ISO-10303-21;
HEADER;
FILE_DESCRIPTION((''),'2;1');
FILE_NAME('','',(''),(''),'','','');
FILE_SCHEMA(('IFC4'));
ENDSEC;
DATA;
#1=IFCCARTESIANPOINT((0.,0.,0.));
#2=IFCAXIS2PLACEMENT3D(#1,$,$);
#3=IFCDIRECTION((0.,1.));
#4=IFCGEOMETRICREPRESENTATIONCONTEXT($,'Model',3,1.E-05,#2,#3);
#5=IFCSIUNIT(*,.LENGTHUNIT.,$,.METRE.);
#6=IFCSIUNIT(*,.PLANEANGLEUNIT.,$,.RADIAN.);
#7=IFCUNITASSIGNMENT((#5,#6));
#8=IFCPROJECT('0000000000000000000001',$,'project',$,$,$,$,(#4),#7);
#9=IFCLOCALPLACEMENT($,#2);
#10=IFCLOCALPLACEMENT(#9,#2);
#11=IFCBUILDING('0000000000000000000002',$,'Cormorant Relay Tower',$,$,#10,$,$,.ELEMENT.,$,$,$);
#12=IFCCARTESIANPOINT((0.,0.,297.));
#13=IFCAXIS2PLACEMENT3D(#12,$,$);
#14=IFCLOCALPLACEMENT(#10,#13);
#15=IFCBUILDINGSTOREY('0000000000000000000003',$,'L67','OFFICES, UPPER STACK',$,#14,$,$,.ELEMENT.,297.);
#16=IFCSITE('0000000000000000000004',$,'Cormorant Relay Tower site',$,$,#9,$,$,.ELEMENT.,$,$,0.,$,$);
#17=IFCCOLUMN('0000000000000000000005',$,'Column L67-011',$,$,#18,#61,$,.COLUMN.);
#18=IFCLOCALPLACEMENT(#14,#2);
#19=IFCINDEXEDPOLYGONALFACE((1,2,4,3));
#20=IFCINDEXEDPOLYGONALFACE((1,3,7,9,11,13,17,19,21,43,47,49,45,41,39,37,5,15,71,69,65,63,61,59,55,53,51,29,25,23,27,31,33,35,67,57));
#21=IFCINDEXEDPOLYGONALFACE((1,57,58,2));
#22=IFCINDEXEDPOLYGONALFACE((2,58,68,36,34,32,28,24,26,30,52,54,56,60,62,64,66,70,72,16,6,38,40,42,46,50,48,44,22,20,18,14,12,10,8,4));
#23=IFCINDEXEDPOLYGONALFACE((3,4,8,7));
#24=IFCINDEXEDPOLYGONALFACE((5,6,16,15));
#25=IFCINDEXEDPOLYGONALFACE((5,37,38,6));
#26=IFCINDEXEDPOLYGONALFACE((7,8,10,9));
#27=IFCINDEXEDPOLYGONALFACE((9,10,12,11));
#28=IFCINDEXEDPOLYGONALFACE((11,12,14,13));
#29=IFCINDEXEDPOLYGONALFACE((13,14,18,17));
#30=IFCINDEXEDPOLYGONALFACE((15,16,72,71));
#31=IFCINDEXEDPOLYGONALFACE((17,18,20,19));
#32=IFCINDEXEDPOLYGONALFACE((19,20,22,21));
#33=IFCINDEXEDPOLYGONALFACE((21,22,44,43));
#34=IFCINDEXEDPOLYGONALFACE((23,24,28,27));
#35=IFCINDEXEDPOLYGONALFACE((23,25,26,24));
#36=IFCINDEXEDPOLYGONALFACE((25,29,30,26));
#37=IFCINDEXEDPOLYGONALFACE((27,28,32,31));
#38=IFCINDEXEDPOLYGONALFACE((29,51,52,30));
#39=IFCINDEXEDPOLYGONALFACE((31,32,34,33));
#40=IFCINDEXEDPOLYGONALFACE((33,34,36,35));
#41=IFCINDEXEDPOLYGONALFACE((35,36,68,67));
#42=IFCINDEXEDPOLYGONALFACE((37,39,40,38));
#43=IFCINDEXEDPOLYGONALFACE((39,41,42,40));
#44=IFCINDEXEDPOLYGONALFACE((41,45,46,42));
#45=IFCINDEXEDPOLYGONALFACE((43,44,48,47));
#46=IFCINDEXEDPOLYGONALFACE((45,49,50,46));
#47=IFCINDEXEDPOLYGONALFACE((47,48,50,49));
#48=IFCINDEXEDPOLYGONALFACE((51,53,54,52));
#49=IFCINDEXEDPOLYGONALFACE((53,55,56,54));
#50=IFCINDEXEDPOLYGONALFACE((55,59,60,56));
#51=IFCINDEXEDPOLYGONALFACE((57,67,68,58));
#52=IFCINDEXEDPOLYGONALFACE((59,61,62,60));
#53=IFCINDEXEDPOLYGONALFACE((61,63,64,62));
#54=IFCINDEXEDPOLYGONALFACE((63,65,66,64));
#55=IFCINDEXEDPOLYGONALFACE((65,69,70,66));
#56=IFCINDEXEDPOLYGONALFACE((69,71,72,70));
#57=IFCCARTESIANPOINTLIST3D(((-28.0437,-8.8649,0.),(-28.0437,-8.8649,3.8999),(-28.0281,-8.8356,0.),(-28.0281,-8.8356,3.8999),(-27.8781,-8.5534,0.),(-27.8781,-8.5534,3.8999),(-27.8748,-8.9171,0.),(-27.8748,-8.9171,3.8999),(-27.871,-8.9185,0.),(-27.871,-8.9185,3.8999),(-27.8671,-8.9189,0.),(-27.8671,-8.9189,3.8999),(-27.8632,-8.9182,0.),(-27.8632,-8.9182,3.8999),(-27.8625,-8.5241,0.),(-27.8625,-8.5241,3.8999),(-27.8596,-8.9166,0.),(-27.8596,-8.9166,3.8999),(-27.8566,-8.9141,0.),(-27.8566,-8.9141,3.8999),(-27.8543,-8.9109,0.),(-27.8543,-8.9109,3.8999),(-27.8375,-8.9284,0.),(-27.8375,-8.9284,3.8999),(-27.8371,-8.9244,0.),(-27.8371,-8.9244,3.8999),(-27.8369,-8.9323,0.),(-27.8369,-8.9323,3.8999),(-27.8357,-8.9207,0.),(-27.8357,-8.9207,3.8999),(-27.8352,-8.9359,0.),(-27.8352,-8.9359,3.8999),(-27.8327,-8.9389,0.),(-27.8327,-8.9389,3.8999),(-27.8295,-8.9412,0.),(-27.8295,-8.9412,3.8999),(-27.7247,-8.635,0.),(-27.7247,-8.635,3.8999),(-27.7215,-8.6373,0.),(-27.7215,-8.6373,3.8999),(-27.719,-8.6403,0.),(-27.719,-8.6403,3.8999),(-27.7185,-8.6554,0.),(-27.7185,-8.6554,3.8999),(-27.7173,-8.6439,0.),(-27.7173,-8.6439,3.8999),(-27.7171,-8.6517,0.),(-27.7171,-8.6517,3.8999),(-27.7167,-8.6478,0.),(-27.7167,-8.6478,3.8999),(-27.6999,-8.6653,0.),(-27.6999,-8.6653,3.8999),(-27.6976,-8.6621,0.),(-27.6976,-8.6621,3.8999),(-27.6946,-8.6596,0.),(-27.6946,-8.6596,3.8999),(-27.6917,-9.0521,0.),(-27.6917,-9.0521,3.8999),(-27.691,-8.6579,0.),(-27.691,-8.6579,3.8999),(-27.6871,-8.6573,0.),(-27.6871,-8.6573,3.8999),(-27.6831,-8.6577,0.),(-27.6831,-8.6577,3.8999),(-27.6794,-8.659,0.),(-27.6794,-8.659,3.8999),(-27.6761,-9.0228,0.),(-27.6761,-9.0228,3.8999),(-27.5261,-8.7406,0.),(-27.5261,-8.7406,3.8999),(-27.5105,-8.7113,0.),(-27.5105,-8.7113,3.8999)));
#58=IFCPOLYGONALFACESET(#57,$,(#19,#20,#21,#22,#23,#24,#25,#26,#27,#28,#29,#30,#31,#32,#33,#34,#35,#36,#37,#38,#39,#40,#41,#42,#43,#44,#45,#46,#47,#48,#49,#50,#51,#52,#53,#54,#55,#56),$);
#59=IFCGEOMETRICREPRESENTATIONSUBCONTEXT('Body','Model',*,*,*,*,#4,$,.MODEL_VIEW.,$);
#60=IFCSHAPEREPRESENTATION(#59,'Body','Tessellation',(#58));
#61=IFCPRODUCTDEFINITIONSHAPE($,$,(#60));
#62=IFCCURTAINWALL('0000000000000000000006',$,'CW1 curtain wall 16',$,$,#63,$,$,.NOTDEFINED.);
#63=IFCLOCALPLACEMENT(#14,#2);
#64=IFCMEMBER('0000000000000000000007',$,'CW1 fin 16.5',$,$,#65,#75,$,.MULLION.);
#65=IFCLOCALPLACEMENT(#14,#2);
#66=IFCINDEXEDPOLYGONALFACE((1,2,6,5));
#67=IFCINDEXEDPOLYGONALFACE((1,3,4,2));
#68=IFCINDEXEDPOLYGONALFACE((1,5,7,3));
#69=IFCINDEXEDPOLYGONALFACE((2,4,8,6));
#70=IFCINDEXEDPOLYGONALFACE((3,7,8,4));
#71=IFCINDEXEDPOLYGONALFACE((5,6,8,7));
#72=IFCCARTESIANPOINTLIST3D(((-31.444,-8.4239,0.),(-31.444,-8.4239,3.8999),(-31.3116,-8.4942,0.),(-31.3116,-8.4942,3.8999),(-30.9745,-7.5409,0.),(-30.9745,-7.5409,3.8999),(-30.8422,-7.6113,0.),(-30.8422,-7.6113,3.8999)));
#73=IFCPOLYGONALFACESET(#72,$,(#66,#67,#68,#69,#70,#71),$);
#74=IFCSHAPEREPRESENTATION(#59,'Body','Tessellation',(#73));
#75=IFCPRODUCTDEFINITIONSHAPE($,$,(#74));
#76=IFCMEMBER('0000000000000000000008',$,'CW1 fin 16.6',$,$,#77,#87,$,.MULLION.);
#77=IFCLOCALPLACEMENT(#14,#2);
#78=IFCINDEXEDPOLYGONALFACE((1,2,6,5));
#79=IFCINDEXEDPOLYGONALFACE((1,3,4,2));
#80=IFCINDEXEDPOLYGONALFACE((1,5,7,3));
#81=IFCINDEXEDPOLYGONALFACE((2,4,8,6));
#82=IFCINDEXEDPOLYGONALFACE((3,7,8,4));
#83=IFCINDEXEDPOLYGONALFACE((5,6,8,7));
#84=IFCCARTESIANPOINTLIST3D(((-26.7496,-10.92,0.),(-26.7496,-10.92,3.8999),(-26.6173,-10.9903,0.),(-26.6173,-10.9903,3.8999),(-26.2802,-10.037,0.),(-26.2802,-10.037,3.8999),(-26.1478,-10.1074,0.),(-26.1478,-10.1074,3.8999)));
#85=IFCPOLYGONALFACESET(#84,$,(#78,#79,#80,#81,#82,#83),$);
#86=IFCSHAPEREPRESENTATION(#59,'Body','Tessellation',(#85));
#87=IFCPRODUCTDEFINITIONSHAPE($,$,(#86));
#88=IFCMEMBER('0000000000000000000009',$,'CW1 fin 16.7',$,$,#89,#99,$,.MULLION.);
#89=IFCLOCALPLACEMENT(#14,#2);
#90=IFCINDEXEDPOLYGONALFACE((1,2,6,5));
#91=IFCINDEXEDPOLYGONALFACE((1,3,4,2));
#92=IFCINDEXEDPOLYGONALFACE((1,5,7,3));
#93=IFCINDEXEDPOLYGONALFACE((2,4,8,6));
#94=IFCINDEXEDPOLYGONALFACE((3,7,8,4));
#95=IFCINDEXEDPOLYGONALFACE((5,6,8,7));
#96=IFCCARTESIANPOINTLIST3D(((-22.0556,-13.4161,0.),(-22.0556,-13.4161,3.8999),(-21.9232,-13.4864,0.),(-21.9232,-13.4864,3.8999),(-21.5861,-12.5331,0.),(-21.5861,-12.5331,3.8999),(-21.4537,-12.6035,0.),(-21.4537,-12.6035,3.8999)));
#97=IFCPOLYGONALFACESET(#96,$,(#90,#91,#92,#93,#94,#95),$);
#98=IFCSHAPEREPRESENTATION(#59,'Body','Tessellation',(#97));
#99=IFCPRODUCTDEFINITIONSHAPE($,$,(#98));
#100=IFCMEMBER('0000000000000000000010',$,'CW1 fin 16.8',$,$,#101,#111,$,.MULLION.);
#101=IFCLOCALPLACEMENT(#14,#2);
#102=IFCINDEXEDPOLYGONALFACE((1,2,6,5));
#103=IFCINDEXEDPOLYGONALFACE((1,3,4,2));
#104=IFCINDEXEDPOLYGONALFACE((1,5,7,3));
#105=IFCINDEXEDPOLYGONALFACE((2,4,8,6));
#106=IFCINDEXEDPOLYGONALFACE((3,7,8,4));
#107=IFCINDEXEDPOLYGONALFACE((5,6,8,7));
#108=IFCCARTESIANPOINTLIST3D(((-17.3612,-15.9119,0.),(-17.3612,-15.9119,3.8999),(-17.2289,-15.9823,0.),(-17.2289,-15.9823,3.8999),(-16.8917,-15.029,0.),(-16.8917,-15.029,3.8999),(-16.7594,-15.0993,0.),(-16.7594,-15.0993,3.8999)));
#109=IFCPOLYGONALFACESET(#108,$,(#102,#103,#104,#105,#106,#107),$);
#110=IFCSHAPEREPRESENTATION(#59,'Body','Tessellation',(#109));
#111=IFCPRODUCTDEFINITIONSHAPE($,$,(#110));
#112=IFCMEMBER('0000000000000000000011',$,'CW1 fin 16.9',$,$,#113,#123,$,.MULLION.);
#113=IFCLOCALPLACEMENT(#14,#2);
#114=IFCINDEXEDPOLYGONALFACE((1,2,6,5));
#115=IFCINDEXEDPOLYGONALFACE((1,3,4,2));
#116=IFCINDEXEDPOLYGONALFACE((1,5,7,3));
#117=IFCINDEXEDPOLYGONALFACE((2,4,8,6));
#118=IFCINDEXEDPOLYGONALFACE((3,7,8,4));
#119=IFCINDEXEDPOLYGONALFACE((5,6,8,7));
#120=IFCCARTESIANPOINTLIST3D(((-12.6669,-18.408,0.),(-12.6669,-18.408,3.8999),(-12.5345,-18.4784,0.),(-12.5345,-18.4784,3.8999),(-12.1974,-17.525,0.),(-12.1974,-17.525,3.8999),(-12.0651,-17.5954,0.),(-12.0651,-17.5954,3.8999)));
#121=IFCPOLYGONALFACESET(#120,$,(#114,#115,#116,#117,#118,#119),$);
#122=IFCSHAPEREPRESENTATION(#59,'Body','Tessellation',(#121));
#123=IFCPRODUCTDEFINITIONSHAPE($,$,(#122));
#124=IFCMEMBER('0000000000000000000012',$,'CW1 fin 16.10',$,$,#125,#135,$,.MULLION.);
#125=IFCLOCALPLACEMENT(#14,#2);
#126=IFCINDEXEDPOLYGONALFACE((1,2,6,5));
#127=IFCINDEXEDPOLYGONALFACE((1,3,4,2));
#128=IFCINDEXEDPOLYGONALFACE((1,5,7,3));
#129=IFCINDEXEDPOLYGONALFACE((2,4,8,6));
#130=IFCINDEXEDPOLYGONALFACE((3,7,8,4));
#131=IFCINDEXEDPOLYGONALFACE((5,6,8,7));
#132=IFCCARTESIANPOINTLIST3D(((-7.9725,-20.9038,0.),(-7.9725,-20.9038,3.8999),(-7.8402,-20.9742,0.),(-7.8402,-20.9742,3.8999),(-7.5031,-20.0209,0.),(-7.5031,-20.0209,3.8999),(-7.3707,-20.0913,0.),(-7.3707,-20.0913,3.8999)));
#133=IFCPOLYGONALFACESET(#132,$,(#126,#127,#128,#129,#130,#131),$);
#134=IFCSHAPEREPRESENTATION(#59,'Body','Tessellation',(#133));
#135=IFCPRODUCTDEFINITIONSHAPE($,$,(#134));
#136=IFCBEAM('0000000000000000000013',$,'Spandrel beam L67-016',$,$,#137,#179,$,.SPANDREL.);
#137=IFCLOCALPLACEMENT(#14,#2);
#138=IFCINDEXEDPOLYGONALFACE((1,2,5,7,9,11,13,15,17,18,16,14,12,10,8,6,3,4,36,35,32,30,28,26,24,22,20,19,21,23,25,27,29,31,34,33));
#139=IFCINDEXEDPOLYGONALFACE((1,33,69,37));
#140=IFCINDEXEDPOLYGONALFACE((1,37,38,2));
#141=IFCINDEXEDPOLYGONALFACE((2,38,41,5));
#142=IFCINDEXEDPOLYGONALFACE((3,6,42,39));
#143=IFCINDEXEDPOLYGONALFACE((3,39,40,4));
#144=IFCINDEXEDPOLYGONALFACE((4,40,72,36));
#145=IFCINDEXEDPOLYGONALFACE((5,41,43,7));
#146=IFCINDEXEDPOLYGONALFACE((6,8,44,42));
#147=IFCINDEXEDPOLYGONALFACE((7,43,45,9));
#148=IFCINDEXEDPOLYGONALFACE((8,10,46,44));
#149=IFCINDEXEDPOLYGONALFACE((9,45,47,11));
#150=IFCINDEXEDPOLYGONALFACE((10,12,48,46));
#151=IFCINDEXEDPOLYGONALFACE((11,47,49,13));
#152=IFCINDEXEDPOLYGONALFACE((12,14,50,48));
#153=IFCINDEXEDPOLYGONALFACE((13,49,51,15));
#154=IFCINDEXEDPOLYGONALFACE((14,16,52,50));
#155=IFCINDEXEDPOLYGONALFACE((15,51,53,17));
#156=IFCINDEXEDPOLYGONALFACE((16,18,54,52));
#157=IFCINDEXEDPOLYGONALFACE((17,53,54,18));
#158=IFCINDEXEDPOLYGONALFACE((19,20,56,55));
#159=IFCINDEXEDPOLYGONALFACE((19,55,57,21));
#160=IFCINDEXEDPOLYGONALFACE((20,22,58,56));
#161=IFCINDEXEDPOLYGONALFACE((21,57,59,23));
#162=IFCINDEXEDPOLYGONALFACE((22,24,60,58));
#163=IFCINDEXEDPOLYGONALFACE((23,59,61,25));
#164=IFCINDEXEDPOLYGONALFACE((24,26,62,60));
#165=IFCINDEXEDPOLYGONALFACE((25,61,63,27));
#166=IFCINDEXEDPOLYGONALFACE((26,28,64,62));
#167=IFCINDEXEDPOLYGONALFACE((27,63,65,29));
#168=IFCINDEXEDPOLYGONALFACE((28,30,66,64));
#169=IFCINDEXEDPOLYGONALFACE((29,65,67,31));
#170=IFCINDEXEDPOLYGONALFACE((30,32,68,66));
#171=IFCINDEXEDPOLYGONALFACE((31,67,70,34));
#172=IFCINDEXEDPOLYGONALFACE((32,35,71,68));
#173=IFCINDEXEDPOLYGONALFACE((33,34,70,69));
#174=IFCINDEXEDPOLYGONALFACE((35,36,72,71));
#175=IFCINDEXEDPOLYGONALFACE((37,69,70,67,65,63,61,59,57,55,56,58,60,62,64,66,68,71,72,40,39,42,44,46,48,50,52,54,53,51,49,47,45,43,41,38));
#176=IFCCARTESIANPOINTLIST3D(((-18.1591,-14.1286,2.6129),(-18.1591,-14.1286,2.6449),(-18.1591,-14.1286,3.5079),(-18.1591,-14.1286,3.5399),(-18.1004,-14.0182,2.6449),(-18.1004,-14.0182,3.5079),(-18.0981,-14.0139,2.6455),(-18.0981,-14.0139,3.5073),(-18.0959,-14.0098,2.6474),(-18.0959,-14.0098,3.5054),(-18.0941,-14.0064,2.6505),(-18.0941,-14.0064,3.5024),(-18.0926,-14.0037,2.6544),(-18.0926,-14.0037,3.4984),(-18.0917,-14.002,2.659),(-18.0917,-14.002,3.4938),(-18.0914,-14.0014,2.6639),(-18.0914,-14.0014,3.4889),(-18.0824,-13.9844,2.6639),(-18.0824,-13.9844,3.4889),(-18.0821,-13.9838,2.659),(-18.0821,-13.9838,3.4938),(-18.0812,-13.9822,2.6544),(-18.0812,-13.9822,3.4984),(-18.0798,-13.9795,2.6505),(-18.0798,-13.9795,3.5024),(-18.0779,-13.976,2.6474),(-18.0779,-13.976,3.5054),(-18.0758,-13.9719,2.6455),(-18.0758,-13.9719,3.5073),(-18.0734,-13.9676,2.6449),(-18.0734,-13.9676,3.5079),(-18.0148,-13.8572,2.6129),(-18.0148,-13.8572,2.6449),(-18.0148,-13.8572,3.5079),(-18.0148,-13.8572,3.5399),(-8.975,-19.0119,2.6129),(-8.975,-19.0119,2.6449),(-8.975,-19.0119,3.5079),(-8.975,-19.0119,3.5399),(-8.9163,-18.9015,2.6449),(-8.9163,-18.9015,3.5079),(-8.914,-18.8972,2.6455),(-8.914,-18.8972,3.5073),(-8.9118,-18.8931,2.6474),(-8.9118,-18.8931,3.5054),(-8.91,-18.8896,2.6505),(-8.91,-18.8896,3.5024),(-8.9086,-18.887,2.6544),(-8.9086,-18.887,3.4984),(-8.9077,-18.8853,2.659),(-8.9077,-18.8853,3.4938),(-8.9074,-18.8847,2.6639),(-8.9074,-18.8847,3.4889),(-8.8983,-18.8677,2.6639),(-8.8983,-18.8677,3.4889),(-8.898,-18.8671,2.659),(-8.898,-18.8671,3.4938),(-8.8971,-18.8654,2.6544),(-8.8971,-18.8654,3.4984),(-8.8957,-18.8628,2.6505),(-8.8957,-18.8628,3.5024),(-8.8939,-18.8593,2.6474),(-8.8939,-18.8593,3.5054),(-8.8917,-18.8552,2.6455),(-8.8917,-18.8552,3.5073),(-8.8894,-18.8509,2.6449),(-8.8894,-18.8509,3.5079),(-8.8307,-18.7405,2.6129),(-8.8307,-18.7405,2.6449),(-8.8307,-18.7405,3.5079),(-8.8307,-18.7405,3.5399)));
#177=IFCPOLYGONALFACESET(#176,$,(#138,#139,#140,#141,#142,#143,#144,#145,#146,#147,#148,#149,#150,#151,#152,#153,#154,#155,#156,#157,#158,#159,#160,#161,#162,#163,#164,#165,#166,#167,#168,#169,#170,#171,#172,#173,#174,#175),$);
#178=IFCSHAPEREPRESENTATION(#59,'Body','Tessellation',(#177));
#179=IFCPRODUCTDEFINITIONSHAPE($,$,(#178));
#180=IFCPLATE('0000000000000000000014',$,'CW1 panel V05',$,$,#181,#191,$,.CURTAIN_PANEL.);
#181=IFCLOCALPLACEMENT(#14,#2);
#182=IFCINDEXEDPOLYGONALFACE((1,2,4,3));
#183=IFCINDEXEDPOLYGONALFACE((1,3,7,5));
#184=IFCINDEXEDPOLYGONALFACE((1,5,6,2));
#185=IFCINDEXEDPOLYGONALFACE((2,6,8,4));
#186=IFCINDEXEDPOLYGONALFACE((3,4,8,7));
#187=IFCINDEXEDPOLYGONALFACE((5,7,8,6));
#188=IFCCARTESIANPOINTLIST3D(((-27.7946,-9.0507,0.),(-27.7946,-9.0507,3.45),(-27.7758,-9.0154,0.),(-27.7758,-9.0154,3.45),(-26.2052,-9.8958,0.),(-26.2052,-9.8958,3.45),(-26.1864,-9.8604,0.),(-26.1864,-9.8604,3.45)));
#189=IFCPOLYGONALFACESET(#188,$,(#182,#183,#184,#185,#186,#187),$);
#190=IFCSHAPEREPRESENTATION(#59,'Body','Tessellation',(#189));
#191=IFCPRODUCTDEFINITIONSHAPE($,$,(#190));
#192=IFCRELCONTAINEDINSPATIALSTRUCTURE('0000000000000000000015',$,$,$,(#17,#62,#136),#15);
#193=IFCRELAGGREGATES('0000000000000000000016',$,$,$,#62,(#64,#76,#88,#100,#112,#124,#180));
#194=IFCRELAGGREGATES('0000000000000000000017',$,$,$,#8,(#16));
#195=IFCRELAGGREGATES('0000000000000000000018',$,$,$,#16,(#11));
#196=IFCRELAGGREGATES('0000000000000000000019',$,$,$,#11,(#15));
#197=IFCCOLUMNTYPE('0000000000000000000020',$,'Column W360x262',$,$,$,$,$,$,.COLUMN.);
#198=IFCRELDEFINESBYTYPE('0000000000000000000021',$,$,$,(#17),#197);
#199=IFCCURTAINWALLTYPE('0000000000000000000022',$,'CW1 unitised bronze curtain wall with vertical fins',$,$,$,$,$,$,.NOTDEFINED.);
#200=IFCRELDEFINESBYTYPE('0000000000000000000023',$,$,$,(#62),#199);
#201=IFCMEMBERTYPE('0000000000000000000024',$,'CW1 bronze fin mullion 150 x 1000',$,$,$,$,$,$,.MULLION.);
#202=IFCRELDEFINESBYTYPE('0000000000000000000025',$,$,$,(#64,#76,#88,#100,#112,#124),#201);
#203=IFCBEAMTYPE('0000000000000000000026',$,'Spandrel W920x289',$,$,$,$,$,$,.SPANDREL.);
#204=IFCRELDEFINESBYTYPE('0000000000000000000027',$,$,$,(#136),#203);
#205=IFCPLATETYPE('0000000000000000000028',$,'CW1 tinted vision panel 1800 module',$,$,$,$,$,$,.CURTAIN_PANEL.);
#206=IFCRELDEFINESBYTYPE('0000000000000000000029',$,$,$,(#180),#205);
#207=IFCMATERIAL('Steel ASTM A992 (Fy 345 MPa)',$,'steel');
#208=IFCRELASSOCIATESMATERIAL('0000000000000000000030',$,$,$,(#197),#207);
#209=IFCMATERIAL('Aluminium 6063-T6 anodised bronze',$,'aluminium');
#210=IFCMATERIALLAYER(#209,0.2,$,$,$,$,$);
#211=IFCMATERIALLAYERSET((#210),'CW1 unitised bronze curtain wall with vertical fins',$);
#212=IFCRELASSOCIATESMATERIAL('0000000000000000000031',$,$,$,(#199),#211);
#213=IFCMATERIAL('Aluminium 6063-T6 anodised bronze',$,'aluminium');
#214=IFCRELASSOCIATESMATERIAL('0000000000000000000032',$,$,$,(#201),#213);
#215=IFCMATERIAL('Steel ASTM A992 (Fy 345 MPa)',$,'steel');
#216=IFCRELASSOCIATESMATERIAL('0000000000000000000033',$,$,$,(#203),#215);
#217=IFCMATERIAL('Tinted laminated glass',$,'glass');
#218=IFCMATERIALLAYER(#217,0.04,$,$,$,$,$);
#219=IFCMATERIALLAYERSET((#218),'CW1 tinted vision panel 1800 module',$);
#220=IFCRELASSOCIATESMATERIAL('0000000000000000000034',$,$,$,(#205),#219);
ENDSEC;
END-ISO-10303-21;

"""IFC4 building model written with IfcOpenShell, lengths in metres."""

from ifc_helpers import new_model, si_unit, direction, frame, origin, origin_2d, place, context, subcontext, project, spatial, rectangle, i_section, extrude, material, layer, layer_set, material_profile, profile_set, type_object, element, aggregate, save


model = new_model("IFC4")

# Units and contexts
model_context = context("Model", 3, precision=1e-05, world=origin(), true_north=direction((0.0, 1.0)))
body_context = subcontext(model_context, "Body", "Model", "MODEL_VIEW")
ifc_project = project(units=[si_unit("LENGTHUNIT", "METRE"), si_unit("PLANEANGLEUNIT", "RADIAN")], contexts=[model_context])

# Site, building, storey
site_placement = place(None, origin())
site = spatial("IfcSite", under=ifc_project, at=site_placement, Name="Cormorant Relay Tower site", CompositionType="ELEMENT", RefElevation=0.0)
building_placement = place(site_placement, origin())
building = spatial("IfcBuilding", under=site, at=building_placement, Name="Cormorant Relay Tower", CompositionType="ELEMENT")
storey_placement = place(building_placement, frame((0.0, 0.0, 297.0)))
storey = spatial("IfcBuildingStorey", under=building, at=storey_placement, Name="L67", Description="OFFICES, UPPER STACK", CompositionType="ELEMENT", Elevation=297.0)

# Column
ifc_material_1 = material(Name="Steel ASTM A992 (Fy 345 MPa)", Category="steel")
ifc_material_profile_1 = material_profile(ifc_material_1, i_section(OverallWidth=0.3987, OverallDepth=0.386, WebThickness=0.021, FlangeThickness=0.0332, FilletRadius=0.0151, at=origin_2d()), Name="W360x262")
ifc_profile_set_1 = profile_set([ifc_material_profile_1], Name="Steel ASTM A992 (Fy 345 MPa)")
column_type_1 = type_object("IfcColumnType", Name="Column W360x262", PredefinedType="COLUMN", material=ifc_profile_set_1)
for number, where, z_axis, x_axis, name in (
    (1, (-27.7771, -8.7881, 0.0), (0.0, 0.0, 1.0), (0.882948, -0.469472, 0.0), "Column L67-011"),
):
    element("IfcColumn", number, at=place(storey_placement, frame(where, z_axis=z_axis, x_axis=x_axis)), inside=storey, type_object=column_type_1, Name=name, PredefinedType="COLUMN", context=body_context, shape_type="SweptSolid", body=[
        extrude(i_section(OverallWidth=0.3987, OverallDepth=0.386, WebThickness=0.021, FlangeThickness=0.0332, FilletRadius=0.0151, at=origin_2d()), origin(), (0.0, 0.0, 1.0), 3.8999),
    ])

# Curtain wall, members
ifc_material_2 = material(Name="Aluminium 6063-T6 anodised bronze", Category="aluminium")
ifc_layer_1 = layer(ifc_material_2, 0.2)
ifc_layer_set_1 = layer_set([ifc_layer_1], Name="CW1 unitised bronze curtain wall with vertical fins")
curtain_wall_type = type_object("IfcCurtainWallType", Name="CW1 unitised bronze curtain wall with vertical fins", PredefinedType="NOTDEFINED", material=ifc_layer_set_1)
curtain_wall_placement = place(storey_placement, origin())
curtain_wall = element("IfcCurtainWall", 2, at=curtain_wall_placement, inside=storey, type_object=curtain_wall_type, Name="CW1 curtain wall 16", PredefinedType="NOTDEFINED")
ifc_material_3 = material(Name="Aluminium 6063-T6 anodised bronze", Category="aluminium")
ifc_material_profile_2 = material_profile(ifc_material_3, rectangle(XDim=0.1499, YDim=1.0, at=origin_2d()), Name="AL 150x1000")
ifc_profile_set_2 = profile_set([ifc_material_profile_2], Name="Aluminium 6063-T6 anodised bronze")
member_type = type_object("IfcMemberType", Name="CW1 bronze fin mullion 150 x 1000", PredefinedType="MULLION", material=ifc_profile_set_2)
member_1_placement = place(storey_placement, frame((-31.1431, -8.0176, 0.0), z_axis=(0.0, 0.0, 1.0), x_axis=(0.882948, -0.469472, 0.0)))
member_1 = element("IfcMember", 3, at=member_1_placement, type_object=member_type, Name="CW1 fin 16.5", PredefinedType="MULLION", context=body_context, shape_type="SweptSolid", body=[
    extrude(rectangle(XDim=0.1499, YDim=1.0, at=origin_2d()), origin(), (0.0, 0.0, 1.0), 3.8999),
])
member_2_placement = place(storey_placement, frame((-26.4487, -10.5137, 0.0), z_axis=(0.0, 0.0, 1.0), x_axis=(0.882948, -0.469472, 0.0)))
member_2 = element("IfcMember", 4, at=member_2_placement, type_object=member_type, Name="CW1 fin 16.6", PredefinedType="MULLION", context=body_context, shape_type="SweptSolid", body=[
    extrude(rectangle(XDim=0.1499, YDim=1.0, at=origin_2d()), origin(), (0.0, 0.0, 1.0), 3.8999),
])
member_3_placement = place(storey_placement, frame((-21.7546, -13.0098, 0.0), z_axis=(0.0, 0.0, 1.0), x_axis=(0.882948, -0.469472, 0.0)))
member_3 = element("IfcMember", 5, at=member_3_placement, type_object=member_type, Name="CW1 fin 16.7", PredefinedType="MULLION", context=body_context, shape_type="SweptSolid", body=[
    extrude(rectangle(XDim=0.1499, YDim=1.0, at=origin_2d()), origin(), (0.0, 0.0, 1.0), 3.8999),
])
member_4_placement = place(storey_placement, frame((-17.0603, -15.5056, 0.0), z_axis=(0.0, 0.0, 1.0), x_axis=(0.882948, -0.469472, 0.0)))
member_4 = element("IfcMember", 6, at=member_4_placement, type_object=member_type, Name="CW1 fin 16.8", PredefinedType="MULLION", context=body_context, shape_type="SweptSolid", body=[
    extrude(rectangle(XDim=0.1499, YDim=1.0, at=origin_2d()), origin(), (0.0, 0.0, 1.0), 3.8999),
])
member_5_placement = place(storey_placement, frame((-12.366, -18.0017, 0.0), z_axis=(0.0, 0.0, 1.0), x_axis=(0.882948, -0.469472, 0.0)))
member_5 = element("IfcMember", 7, at=member_5_placement, type_object=member_type, Name="CW1 fin 16.9", PredefinedType="MULLION", context=body_context, shape_type="SweptSolid", body=[
    extrude(rectangle(XDim=0.1499, YDim=1.0, at=origin_2d()), origin(), (0.0, 0.0, 1.0), 3.8999),
])
member_6_placement = place(storey_placement, frame((-7.6716, -20.4976, 0.0), z_axis=(0.0, 0.0, 1.0), x_axis=(0.882948, -0.469472, 0.0)))
member_6 = element("IfcMember", 8, at=member_6_placement, type_object=member_type, Name="CW1 fin 16.10", PredefinedType="MULLION", context=body_context, shape_type="SweptSolid", body=[
    extrude(rectangle(XDim=0.1499, YDim=1.0, at=origin_2d()), origin(), (0.0, 0.0, 1.0), 3.8999),
])

# Beam
ifc_material_4 = material(Name="Steel ASTM A992 (Fy 345 MPa)", Category="steel")
ifc_material_profile_3 = material_profile(ifc_material_4, i_section(OverallWidth=0.3074, OverallDepth=0.927, WebThickness=0.0193, FlangeThickness=0.032, FilletRadius=0.019, at=origin_2d()), Name="W920x289")
ifc_profile_set_3 = profile_set([ifc_material_profile_3], Name="Steel ASTM A992 (Fy 345 MPa)")
beam_type = type_object("IfcBeamType", Name="Spandrel W920x289", PredefinedType="SPANDREL", material=ifc_profile_set_3)
beam_placement = place(storey_placement, frame((-18.0869, -13.9929, 3.0764), z_axis=(0.882946, -0.469474, 0.0), x_axis=(0.469474, 0.882946, 0.0)))
element("IfcBeam", 9, at=beam_placement, inside=storey, type_object=beam_type, Name="Spandrel beam L67-016", PredefinedType="SPANDREL", context=body_context, shape_type="SweptSolid", body=[
    extrude(i_section(OverallWidth=0.3074, OverallDepth=0.927, WebThickness=0.0193, FlangeThickness=0.032, FilletRadius=0.019, at=origin_2d()), origin(), (0.0, 0.0, 1.0), 10.4016),
])

# Plate
ifc_material_5 = material(Name="Tinted laminated glass", Category="glass")
ifc_layer_2 = layer(ifc_material_5, 0.04)
ifc_layer_set_2 = layer_set([ifc_layer_2], Name="CW1 tinted vision panel 1800 module")
plate_type_1 = type_object("IfcPlateType", Name="CW1 tinted vision panel 1800 module", PredefinedType="CURTAIN_PANEL", material=ifc_layer_set_2)
plate_1_placement = place(storey_placement, frame((-26.9905, -9.4556, 0.0), z_axis=(0.0, 0.0, 1.0), x_axis=(0.882948, -0.469472, 0.0)))
plate_1 = element("IfcPlate", 10, at=plate_1_placement, type_object=plate_type_1, Name="CW1 panel V05", PredefinedType="CURTAIN_PANEL", context=body_context, shape_type="SweptSolid", body=[
    extrude(rectangle(XDim=1.8, YDim=0.04, at=origin_2d()), origin(), (0.0, 0.0, 1.0), 3.45),
])

aggregate(curtain_wall, [member_1, member_2, member_3, member_4, member_5, member_6, plate_1])

save(model, "model.ifc")
